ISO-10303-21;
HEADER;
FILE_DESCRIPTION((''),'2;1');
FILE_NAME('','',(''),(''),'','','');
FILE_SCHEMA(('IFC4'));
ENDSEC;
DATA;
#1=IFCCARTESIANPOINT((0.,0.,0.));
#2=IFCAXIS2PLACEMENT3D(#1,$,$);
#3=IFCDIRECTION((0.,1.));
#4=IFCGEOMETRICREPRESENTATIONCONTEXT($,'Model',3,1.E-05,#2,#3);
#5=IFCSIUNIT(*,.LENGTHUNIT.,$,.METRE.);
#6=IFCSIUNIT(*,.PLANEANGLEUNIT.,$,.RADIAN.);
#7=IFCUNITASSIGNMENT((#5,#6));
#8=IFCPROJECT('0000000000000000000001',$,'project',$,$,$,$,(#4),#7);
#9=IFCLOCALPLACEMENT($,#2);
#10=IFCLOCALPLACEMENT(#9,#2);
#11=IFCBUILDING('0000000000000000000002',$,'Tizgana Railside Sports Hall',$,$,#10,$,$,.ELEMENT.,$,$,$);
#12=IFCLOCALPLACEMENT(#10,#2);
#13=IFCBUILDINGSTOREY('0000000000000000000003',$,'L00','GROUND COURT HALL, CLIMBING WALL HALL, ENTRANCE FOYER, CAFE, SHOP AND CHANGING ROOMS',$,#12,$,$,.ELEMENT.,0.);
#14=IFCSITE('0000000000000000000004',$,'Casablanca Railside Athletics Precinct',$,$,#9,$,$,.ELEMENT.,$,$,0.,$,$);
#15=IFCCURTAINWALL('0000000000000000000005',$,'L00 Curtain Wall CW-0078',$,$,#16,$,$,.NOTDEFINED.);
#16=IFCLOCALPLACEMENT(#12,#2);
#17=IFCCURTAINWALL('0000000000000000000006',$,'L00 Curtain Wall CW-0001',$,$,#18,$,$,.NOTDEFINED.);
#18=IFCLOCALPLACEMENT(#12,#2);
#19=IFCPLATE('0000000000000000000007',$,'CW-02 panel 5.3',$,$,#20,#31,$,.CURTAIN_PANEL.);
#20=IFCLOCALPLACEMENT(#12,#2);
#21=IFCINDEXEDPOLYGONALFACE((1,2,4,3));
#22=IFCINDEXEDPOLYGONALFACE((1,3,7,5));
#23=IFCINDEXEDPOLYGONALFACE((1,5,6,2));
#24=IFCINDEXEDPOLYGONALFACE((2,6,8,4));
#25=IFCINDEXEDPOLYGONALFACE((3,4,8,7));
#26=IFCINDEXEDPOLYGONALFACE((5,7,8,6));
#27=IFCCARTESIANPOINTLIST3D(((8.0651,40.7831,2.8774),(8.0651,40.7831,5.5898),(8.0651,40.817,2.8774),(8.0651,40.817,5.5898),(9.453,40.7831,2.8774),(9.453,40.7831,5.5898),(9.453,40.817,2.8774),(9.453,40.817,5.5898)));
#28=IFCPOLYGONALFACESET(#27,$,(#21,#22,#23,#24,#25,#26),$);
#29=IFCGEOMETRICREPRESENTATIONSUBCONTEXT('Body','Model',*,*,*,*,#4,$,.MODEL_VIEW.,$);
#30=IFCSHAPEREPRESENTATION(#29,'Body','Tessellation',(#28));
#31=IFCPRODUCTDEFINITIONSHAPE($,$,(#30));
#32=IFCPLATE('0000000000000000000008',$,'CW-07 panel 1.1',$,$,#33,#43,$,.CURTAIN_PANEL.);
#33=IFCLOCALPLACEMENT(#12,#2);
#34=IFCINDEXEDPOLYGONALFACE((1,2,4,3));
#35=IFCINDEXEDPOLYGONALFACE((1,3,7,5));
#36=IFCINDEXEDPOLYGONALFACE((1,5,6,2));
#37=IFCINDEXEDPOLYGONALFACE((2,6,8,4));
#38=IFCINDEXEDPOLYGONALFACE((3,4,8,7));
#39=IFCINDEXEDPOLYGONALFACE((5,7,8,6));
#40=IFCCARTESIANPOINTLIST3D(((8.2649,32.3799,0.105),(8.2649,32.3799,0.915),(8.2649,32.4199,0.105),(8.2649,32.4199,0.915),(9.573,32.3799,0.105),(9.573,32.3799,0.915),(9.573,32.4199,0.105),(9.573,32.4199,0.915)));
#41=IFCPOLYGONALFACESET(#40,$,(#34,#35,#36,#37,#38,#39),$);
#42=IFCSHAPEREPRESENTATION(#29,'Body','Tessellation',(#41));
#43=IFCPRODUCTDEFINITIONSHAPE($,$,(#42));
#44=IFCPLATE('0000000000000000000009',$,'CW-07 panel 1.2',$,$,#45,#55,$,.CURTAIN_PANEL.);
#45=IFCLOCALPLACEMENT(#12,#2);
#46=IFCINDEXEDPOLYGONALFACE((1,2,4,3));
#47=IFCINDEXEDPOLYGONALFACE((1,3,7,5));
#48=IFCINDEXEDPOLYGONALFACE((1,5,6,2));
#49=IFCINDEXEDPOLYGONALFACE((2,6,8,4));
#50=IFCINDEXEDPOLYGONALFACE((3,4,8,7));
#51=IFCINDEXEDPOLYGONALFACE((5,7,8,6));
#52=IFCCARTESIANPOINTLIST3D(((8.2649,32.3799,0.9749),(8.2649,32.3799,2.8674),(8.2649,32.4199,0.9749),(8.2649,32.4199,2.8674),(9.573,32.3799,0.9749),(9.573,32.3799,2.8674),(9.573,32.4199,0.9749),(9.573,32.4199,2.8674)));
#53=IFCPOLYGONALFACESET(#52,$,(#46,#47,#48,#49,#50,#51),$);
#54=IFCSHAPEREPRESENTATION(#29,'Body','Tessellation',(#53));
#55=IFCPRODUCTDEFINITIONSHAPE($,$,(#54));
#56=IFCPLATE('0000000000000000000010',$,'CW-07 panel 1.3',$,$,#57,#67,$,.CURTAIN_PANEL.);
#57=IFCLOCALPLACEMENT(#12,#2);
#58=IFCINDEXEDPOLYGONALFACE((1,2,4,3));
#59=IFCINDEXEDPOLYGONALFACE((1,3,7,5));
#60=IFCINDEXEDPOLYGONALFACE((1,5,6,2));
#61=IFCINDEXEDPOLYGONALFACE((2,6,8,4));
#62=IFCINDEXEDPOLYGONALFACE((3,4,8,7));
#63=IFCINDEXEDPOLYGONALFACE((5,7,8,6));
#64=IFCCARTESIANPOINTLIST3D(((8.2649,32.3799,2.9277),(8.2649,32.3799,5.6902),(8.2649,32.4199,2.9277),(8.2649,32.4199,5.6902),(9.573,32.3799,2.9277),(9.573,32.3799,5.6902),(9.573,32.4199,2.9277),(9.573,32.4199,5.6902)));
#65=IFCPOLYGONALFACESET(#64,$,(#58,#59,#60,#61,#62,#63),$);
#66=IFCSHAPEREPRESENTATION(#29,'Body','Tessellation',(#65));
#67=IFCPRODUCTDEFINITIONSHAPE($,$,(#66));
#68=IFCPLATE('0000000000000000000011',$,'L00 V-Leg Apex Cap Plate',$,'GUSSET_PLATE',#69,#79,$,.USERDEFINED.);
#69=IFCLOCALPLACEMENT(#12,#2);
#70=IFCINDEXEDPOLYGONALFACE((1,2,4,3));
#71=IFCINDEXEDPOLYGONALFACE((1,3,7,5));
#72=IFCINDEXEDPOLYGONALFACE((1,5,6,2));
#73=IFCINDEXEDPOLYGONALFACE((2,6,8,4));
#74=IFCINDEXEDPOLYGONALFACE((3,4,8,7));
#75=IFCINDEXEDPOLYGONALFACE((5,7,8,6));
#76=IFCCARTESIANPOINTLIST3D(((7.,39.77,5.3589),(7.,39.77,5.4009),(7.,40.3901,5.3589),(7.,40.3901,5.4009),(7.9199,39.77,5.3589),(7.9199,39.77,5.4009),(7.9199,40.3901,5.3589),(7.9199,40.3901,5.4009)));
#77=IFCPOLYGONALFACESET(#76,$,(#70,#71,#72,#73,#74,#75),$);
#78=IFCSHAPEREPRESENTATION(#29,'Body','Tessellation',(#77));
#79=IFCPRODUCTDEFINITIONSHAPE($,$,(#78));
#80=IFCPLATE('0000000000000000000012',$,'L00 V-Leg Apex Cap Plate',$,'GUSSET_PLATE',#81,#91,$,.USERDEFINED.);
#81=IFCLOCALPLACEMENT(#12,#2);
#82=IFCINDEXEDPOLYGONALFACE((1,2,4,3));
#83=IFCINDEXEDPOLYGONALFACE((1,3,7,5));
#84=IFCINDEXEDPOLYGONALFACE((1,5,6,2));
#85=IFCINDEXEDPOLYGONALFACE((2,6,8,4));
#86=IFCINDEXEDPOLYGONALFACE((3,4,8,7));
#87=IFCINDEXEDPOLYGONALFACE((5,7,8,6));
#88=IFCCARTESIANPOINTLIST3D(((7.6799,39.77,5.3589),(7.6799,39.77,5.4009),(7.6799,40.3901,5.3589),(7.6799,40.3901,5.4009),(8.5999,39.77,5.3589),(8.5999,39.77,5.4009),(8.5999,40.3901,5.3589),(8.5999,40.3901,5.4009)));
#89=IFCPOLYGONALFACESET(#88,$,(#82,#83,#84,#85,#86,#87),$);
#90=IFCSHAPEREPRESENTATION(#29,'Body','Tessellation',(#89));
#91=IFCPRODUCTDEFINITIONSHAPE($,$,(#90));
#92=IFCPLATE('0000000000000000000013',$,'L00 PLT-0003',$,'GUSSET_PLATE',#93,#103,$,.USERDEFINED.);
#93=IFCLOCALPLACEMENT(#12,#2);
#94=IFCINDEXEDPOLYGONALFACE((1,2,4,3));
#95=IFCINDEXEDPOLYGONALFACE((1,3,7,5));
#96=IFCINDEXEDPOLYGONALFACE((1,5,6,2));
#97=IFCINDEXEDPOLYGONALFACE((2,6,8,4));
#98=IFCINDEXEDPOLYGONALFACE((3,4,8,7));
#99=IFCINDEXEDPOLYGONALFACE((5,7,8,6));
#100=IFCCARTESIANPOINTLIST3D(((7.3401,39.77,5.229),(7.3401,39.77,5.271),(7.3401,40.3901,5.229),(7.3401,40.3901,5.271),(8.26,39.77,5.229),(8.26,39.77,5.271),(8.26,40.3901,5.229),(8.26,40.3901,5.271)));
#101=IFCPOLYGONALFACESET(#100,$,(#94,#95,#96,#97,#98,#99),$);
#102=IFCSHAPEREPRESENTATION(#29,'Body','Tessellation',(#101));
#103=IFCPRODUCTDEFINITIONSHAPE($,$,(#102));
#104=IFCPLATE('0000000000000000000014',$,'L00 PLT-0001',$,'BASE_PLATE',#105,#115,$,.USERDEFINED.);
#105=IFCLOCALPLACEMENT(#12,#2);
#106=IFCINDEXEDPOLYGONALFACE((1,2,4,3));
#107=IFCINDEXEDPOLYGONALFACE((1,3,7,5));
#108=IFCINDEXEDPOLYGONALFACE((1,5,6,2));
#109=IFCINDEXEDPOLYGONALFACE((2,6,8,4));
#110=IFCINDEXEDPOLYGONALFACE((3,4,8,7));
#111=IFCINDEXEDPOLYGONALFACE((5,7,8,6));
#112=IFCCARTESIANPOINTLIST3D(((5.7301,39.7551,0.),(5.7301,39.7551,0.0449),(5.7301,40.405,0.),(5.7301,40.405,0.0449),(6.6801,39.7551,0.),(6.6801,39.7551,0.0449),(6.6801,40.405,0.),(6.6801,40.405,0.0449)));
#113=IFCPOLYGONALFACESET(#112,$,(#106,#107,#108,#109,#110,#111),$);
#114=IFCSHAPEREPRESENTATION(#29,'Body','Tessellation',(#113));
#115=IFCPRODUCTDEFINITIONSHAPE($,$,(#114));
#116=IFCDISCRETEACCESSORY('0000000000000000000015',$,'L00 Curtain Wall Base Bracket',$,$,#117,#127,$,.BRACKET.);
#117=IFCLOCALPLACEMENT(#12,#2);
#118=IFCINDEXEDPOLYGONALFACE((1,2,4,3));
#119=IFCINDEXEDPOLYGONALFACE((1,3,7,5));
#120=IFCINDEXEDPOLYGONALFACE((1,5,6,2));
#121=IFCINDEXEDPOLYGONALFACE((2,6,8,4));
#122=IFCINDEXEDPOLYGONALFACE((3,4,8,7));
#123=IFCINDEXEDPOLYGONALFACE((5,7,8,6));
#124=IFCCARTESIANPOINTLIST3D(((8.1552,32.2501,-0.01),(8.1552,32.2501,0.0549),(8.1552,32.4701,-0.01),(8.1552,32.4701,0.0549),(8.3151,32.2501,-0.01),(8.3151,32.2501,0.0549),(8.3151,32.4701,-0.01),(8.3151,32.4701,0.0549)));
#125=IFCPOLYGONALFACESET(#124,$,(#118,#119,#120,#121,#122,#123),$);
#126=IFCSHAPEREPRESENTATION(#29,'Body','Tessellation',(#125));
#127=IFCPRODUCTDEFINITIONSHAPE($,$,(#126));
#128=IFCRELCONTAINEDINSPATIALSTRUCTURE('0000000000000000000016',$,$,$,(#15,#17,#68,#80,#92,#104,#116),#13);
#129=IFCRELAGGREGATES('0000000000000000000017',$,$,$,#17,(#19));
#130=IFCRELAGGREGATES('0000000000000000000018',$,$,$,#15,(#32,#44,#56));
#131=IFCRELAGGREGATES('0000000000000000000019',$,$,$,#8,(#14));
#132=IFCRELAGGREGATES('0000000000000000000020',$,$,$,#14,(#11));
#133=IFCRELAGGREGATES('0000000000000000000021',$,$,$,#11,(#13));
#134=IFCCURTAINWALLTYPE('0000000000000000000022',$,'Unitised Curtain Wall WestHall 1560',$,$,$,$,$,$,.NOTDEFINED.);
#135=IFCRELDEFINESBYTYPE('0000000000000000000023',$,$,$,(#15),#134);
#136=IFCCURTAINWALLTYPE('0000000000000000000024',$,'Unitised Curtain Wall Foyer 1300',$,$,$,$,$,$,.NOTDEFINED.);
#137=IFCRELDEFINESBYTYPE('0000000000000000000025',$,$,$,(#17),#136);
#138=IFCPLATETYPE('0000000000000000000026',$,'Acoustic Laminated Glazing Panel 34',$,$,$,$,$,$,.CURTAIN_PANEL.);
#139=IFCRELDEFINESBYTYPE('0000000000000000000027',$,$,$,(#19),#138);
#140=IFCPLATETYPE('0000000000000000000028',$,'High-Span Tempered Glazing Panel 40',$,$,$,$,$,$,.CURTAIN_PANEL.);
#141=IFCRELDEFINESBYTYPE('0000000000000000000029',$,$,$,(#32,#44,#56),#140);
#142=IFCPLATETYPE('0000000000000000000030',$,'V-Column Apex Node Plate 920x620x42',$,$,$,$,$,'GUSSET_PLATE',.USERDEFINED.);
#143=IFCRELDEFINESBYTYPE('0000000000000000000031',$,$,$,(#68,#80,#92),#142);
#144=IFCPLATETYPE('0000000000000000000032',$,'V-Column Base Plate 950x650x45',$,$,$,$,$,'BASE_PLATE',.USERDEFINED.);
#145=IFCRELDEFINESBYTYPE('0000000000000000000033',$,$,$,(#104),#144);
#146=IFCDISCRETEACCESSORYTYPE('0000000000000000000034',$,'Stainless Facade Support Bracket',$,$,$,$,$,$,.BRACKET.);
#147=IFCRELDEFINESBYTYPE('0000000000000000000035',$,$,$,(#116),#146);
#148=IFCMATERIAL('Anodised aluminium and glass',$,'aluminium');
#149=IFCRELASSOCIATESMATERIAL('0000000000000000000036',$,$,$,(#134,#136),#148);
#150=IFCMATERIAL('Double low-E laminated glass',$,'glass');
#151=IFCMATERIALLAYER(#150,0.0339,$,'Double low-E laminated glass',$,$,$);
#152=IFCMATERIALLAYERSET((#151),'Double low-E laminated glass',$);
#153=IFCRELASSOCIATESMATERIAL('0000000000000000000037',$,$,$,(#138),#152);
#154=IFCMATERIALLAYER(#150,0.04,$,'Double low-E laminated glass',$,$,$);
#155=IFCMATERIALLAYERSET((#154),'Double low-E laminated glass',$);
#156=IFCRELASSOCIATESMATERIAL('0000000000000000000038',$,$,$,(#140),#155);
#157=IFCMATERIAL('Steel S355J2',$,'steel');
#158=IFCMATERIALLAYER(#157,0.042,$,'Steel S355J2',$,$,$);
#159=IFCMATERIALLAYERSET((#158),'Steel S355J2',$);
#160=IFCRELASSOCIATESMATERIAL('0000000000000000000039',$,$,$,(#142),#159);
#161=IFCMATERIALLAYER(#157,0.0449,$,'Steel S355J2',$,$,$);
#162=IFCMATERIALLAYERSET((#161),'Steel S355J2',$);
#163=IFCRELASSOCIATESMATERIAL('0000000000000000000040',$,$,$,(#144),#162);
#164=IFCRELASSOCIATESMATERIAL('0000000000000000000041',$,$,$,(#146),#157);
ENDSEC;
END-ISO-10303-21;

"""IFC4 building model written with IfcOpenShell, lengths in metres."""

from ifc_helpers import new_model, si_unit, direction, frame, origin, origin_2d, place, context, subcontext, project, spatial, rectangle, extrude, material, layer, layer_set, type_object, element, aggregate, save


model = new_model("IFC4")

# Units and contexts
model_context = context("Model", 3, precision=1e-05, world=origin(), true_north=direction((0.0, 1.0)))
body_context = subcontext(model_context, "Body", "Model", "MODEL_VIEW")
ifc_project = project(units=[si_unit("LENGTHUNIT", "METRE"), si_unit("PLANEANGLEUNIT", "RADIAN")], contexts=[model_context])

# Site, building, storey
site_placement = place(None, origin())
site = spatial("IfcSite", under=ifc_project, at=site_placement, Name="Casablanca Railside Athletics Precinct", CompositionType="ELEMENT", RefElevation=0.0)
building_placement = place(site_placement, origin())
building = spatial("IfcBuilding", under=site, at=building_placement, Name="Tizgana Railside Sports Hall", CompositionType="ELEMENT")
storey_placement = place(building_placement, origin())
storey = spatial("IfcBuildingStorey", under=building, at=storey_placement, Name="L00", Description="GROUND COURT HALL, CLIMBING WALL HALL, ENTRANCE FOYER, CAFE, SHOP AND CHANGING ROOMS", CompositionType="ELEMENT", Elevation=0.0)

# Shared definitions
ifc_material_1 = material(Name="Steel S355J2", Category="steel")

# Curtain walls
ifc_material_2 = material(Name="Anodised aluminium and glass", Category="aluminium")
curtain_wall_type_1 = type_object("IfcCurtainWallType", Name="Unitised Curtain Wall WestHall 1560", PredefinedType="NOTDEFINED", material=ifc_material_2)
curtain_wall_1_placement = place(storey_placement, origin())
curtain_wall_1 = element("IfcCurtainWall", 1, at=curtain_wall_1_placement, inside=storey, type_object=curtain_wall_type_1, Name="L00 Curtain Wall CW-0078", PredefinedType="NOTDEFINED")
curtain_wall_type_2 = type_object("IfcCurtainWallType", Name="Unitised Curtain Wall Foyer 1300", PredefinedType="NOTDEFINED", material=ifc_material_2)
curtain_wall_2_placement = place(storey_placement, origin())
curtain_wall_2 = element("IfcCurtainWall", 2, at=curtain_wall_2_placement, inside=storey, type_object=curtain_wall_type_2, Name="L00 Curtain Wall CW-0001", PredefinedType="NOTDEFINED")

# Plates
ifc_material_3 = material(Name="Double low-E laminated glass", Category="glass")
ifc_layer_1 = layer(ifc_material_3, 0.0339, Name="Double low-E laminated glass")
ifc_layer_set_1 = layer_set([ifc_layer_1], Name="Double low-E laminated glass")
plate_type_1 = type_object("IfcPlateType", Name="Acoustic Laminated Glazing Panel 34", PredefinedType="CURTAIN_PANEL", material=ifc_layer_set_1)
plate_1_placement = place(storey_placement, frame((8.759, 40.8, 2.8774), z_axis=(0.0, 0.0, 1.0), x_axis=(-1.0, 0.0, 0.0)))
plate_1 = element("IfcPlate", 3, at=plate_1_placement, type_object=plate_type_1, Name="CW-02 panel 5.3", PredefinedType="CURTAIN_PANEL", context=body_context, shape_type="SweptSolid", body=[
    extrude(rectangle(XDim=1.3879, YDim=0.0339, at=origin_2d()), origin(), (0.0, 0.0, 1.0), 2.7124),
])
aggregate(curtain_wall_2, [plate_1])
ifc_layer_2 = layer(ifc_material_3, 0.04, Name="Double low-E laminated glass")
ifc_layer_set_2 = layer_set([ifc_layer_2], Name="Double low-E laminated glass")
plate_type_2 = type_object("IfcPlateType", Name="High-Span Tempered Glazing Panel 40", PredefinedType="CURTAIN_PANEL", material=ifc_layer_set_2)
plate_2_placement = place(storey_placement, frame((8.9189, 32.3999, 0.105), z_axis=(0.0, 0.0, 1.0), x_axis=(1.0, 0.0, 0.0)))
plate_2 = element("IfcPlate", 4, at=plate_2_placement, type_object=plate_type_2, Name="CW-07 panel 1.1", PredefinedType="CURTAIN_PANEL", context=body_context, shape_type="SweptSolid", body=[
    extrude(rectangle(XDim=1.3081, YDim=0.04, at=origin_2d()), origin(), (0.0, 0.0, 1.0), 0.8101),
])
plate_3_placement = place(storey_placement, frame((8.9189, 32.3999, 0.9749), z_axis=(0.0, 0.0, 1.0), x_axis=(1.0, 0.0, 0.0)))
plate_3 = element("IfcPlate", 5, at=plate_3_placement, type_object=plate_type_2, Name="CW-07 panel 1.2", PredefinedType="CURTAIN_PANEL", context=body_context, shape_type="SweptSolid", body=[
    extrude(rectangle(XDim=1.3081, YDim=0.04, at=origin_2d()), origin(), (0.0, 0.0, 1.0), 1.8926),
])
plate_4_placement = place(storey_placement, frame((8.9189, 32.3999, 2.9277), z_axis=(0.0, 0.0, 1.0), x_axis=(1.0, 0.0, 0.0)))
plate_4 = element("IfcPlate", 6, at=plate_4_placement, type_object=plate_type_2, Name="CW-07 panel 1.3", PredefinedType="CURTAIN_PANEL", context=body_context, shape_type="SweptSolid", body=[
    extrude(rectangle(XDim=1.3081, YDim=0.04, at=origin_2d()), origin(), (0.0, 0.0, 1.0), 2.7625),
])
aggregate(curtain_wall_1, [plate_2, plate_3, plate_4])

# Plates
ifc_layer_3 = layer(ifc_material_1, 0.042, Name="Steel S355J2")
ifc_layer_set_3 = layer_set([ifc_layer_3], Name="Steel S355J2")
plate_type_3 = type_object("IfcPlateType", Name="V-Column Apex Node Plate 920x620x42", ElementType="GUSSET_PLATE", PredefinedType="USERDEFINED", material=ifc_layer_set_3)
for number, where, z_axis, x_axis, name in (
    (7, (7.46, 40.0801, 5.3589), (0.0, 0.0, 1.0), (1.0, 0.0, 0.0), "L00 V-Leg Apex Cap Plate"),
    (8, (8.1399, 40.0801, 5.3589), (0.0, 0.0, 1.0), (1.0, 0.0, 0.0), "L00 V-Leg Apex Cap Plate"),
    (9, (7.8, 40.0801, 5.229), (0.0, 0.0, 1.0), (1.0, 0.0, 0.0), "L00 PLT-0003"),
):
    element("IfcPlate", number, at=place(storey_placement, frame(where, z_axis=z_axis, x_axis=x_axis)), inside=storey, type_object=plate_type_3, Name=name, ObjectType="GUSSET_PLATE", PredefinedType="USERDEFINED", context=body_context, shape_type="SweptSolid", body=[
        extrude(rectangle(XDim=0.9199, YDim=0.6201, at=origin_2d()), origin(), (0.0, 0.0, 1.0), 0.042),
    ])
ifc_layer_4 = layer(ifc_material_1, 0.0449, Name="Steel S355J2")
ifc_layer_set_4 = layer_set([ifc_layer_4], Name="Steel S355J2")
plate_type_4 = type_object("IfcPlateType", Name="V-Column Base Plate 950x650x45", ElementType="BASE_PLATE", PredefinedType="USERDEFINED", material=ifc_layer_set_4)
plate_5_placement = place(storey_placement, frame((6.2051, 40.0801, 0.0), z_axis=(0.0, 0.0, 1.0), x_axis=(1.0, 0.0, 0.0)))
element("IfcPlate", 10, at=plate_5_placement, inside=storey, type_object=plate_type_4, Name="L00 PLT-0001", ObjectType="BASE_PLATE", PredefinedType="USERDEFINED", context=body_context, shape_type="SweptSolid", body=[
    extrude(rectangle(XDim=0.95, YDim=0.6499, at=origin_2d()), origin(), (0.0, 0.0, 1.0), 0.0449),
])

# Discrete accessory
discrete_accessory_type = type_object("IfcDiscreteAccessoryType", Name="Stainless Facade Support Bracket", PredefinedType="BRACKET", material=ifc_material_1)
discrete_accessory_placement = place(storey_placement, frame((8.2351, 32.3601, -0.01), z_axis=(0.0, 0.0, 1.0), x_axis=(1.0, 0.0, 0.0)))
element("IfcDiscreteAccessory", 11, at=discrete_accessory_placement, inside=storey, type_object=discrete_accessory_type, Name="L00 Curtain Wall Base Bracket", PredefinedType="BRACKET", context=body_context, shape_type="SweptSolid", body=[
    extrude(rectangle(XDim=0.1599, YDim=0.22, at=origin_2d()), origin(), (0.0, 0.0, 1.0), 0.0649),
])

save(model, "model.ifc")
